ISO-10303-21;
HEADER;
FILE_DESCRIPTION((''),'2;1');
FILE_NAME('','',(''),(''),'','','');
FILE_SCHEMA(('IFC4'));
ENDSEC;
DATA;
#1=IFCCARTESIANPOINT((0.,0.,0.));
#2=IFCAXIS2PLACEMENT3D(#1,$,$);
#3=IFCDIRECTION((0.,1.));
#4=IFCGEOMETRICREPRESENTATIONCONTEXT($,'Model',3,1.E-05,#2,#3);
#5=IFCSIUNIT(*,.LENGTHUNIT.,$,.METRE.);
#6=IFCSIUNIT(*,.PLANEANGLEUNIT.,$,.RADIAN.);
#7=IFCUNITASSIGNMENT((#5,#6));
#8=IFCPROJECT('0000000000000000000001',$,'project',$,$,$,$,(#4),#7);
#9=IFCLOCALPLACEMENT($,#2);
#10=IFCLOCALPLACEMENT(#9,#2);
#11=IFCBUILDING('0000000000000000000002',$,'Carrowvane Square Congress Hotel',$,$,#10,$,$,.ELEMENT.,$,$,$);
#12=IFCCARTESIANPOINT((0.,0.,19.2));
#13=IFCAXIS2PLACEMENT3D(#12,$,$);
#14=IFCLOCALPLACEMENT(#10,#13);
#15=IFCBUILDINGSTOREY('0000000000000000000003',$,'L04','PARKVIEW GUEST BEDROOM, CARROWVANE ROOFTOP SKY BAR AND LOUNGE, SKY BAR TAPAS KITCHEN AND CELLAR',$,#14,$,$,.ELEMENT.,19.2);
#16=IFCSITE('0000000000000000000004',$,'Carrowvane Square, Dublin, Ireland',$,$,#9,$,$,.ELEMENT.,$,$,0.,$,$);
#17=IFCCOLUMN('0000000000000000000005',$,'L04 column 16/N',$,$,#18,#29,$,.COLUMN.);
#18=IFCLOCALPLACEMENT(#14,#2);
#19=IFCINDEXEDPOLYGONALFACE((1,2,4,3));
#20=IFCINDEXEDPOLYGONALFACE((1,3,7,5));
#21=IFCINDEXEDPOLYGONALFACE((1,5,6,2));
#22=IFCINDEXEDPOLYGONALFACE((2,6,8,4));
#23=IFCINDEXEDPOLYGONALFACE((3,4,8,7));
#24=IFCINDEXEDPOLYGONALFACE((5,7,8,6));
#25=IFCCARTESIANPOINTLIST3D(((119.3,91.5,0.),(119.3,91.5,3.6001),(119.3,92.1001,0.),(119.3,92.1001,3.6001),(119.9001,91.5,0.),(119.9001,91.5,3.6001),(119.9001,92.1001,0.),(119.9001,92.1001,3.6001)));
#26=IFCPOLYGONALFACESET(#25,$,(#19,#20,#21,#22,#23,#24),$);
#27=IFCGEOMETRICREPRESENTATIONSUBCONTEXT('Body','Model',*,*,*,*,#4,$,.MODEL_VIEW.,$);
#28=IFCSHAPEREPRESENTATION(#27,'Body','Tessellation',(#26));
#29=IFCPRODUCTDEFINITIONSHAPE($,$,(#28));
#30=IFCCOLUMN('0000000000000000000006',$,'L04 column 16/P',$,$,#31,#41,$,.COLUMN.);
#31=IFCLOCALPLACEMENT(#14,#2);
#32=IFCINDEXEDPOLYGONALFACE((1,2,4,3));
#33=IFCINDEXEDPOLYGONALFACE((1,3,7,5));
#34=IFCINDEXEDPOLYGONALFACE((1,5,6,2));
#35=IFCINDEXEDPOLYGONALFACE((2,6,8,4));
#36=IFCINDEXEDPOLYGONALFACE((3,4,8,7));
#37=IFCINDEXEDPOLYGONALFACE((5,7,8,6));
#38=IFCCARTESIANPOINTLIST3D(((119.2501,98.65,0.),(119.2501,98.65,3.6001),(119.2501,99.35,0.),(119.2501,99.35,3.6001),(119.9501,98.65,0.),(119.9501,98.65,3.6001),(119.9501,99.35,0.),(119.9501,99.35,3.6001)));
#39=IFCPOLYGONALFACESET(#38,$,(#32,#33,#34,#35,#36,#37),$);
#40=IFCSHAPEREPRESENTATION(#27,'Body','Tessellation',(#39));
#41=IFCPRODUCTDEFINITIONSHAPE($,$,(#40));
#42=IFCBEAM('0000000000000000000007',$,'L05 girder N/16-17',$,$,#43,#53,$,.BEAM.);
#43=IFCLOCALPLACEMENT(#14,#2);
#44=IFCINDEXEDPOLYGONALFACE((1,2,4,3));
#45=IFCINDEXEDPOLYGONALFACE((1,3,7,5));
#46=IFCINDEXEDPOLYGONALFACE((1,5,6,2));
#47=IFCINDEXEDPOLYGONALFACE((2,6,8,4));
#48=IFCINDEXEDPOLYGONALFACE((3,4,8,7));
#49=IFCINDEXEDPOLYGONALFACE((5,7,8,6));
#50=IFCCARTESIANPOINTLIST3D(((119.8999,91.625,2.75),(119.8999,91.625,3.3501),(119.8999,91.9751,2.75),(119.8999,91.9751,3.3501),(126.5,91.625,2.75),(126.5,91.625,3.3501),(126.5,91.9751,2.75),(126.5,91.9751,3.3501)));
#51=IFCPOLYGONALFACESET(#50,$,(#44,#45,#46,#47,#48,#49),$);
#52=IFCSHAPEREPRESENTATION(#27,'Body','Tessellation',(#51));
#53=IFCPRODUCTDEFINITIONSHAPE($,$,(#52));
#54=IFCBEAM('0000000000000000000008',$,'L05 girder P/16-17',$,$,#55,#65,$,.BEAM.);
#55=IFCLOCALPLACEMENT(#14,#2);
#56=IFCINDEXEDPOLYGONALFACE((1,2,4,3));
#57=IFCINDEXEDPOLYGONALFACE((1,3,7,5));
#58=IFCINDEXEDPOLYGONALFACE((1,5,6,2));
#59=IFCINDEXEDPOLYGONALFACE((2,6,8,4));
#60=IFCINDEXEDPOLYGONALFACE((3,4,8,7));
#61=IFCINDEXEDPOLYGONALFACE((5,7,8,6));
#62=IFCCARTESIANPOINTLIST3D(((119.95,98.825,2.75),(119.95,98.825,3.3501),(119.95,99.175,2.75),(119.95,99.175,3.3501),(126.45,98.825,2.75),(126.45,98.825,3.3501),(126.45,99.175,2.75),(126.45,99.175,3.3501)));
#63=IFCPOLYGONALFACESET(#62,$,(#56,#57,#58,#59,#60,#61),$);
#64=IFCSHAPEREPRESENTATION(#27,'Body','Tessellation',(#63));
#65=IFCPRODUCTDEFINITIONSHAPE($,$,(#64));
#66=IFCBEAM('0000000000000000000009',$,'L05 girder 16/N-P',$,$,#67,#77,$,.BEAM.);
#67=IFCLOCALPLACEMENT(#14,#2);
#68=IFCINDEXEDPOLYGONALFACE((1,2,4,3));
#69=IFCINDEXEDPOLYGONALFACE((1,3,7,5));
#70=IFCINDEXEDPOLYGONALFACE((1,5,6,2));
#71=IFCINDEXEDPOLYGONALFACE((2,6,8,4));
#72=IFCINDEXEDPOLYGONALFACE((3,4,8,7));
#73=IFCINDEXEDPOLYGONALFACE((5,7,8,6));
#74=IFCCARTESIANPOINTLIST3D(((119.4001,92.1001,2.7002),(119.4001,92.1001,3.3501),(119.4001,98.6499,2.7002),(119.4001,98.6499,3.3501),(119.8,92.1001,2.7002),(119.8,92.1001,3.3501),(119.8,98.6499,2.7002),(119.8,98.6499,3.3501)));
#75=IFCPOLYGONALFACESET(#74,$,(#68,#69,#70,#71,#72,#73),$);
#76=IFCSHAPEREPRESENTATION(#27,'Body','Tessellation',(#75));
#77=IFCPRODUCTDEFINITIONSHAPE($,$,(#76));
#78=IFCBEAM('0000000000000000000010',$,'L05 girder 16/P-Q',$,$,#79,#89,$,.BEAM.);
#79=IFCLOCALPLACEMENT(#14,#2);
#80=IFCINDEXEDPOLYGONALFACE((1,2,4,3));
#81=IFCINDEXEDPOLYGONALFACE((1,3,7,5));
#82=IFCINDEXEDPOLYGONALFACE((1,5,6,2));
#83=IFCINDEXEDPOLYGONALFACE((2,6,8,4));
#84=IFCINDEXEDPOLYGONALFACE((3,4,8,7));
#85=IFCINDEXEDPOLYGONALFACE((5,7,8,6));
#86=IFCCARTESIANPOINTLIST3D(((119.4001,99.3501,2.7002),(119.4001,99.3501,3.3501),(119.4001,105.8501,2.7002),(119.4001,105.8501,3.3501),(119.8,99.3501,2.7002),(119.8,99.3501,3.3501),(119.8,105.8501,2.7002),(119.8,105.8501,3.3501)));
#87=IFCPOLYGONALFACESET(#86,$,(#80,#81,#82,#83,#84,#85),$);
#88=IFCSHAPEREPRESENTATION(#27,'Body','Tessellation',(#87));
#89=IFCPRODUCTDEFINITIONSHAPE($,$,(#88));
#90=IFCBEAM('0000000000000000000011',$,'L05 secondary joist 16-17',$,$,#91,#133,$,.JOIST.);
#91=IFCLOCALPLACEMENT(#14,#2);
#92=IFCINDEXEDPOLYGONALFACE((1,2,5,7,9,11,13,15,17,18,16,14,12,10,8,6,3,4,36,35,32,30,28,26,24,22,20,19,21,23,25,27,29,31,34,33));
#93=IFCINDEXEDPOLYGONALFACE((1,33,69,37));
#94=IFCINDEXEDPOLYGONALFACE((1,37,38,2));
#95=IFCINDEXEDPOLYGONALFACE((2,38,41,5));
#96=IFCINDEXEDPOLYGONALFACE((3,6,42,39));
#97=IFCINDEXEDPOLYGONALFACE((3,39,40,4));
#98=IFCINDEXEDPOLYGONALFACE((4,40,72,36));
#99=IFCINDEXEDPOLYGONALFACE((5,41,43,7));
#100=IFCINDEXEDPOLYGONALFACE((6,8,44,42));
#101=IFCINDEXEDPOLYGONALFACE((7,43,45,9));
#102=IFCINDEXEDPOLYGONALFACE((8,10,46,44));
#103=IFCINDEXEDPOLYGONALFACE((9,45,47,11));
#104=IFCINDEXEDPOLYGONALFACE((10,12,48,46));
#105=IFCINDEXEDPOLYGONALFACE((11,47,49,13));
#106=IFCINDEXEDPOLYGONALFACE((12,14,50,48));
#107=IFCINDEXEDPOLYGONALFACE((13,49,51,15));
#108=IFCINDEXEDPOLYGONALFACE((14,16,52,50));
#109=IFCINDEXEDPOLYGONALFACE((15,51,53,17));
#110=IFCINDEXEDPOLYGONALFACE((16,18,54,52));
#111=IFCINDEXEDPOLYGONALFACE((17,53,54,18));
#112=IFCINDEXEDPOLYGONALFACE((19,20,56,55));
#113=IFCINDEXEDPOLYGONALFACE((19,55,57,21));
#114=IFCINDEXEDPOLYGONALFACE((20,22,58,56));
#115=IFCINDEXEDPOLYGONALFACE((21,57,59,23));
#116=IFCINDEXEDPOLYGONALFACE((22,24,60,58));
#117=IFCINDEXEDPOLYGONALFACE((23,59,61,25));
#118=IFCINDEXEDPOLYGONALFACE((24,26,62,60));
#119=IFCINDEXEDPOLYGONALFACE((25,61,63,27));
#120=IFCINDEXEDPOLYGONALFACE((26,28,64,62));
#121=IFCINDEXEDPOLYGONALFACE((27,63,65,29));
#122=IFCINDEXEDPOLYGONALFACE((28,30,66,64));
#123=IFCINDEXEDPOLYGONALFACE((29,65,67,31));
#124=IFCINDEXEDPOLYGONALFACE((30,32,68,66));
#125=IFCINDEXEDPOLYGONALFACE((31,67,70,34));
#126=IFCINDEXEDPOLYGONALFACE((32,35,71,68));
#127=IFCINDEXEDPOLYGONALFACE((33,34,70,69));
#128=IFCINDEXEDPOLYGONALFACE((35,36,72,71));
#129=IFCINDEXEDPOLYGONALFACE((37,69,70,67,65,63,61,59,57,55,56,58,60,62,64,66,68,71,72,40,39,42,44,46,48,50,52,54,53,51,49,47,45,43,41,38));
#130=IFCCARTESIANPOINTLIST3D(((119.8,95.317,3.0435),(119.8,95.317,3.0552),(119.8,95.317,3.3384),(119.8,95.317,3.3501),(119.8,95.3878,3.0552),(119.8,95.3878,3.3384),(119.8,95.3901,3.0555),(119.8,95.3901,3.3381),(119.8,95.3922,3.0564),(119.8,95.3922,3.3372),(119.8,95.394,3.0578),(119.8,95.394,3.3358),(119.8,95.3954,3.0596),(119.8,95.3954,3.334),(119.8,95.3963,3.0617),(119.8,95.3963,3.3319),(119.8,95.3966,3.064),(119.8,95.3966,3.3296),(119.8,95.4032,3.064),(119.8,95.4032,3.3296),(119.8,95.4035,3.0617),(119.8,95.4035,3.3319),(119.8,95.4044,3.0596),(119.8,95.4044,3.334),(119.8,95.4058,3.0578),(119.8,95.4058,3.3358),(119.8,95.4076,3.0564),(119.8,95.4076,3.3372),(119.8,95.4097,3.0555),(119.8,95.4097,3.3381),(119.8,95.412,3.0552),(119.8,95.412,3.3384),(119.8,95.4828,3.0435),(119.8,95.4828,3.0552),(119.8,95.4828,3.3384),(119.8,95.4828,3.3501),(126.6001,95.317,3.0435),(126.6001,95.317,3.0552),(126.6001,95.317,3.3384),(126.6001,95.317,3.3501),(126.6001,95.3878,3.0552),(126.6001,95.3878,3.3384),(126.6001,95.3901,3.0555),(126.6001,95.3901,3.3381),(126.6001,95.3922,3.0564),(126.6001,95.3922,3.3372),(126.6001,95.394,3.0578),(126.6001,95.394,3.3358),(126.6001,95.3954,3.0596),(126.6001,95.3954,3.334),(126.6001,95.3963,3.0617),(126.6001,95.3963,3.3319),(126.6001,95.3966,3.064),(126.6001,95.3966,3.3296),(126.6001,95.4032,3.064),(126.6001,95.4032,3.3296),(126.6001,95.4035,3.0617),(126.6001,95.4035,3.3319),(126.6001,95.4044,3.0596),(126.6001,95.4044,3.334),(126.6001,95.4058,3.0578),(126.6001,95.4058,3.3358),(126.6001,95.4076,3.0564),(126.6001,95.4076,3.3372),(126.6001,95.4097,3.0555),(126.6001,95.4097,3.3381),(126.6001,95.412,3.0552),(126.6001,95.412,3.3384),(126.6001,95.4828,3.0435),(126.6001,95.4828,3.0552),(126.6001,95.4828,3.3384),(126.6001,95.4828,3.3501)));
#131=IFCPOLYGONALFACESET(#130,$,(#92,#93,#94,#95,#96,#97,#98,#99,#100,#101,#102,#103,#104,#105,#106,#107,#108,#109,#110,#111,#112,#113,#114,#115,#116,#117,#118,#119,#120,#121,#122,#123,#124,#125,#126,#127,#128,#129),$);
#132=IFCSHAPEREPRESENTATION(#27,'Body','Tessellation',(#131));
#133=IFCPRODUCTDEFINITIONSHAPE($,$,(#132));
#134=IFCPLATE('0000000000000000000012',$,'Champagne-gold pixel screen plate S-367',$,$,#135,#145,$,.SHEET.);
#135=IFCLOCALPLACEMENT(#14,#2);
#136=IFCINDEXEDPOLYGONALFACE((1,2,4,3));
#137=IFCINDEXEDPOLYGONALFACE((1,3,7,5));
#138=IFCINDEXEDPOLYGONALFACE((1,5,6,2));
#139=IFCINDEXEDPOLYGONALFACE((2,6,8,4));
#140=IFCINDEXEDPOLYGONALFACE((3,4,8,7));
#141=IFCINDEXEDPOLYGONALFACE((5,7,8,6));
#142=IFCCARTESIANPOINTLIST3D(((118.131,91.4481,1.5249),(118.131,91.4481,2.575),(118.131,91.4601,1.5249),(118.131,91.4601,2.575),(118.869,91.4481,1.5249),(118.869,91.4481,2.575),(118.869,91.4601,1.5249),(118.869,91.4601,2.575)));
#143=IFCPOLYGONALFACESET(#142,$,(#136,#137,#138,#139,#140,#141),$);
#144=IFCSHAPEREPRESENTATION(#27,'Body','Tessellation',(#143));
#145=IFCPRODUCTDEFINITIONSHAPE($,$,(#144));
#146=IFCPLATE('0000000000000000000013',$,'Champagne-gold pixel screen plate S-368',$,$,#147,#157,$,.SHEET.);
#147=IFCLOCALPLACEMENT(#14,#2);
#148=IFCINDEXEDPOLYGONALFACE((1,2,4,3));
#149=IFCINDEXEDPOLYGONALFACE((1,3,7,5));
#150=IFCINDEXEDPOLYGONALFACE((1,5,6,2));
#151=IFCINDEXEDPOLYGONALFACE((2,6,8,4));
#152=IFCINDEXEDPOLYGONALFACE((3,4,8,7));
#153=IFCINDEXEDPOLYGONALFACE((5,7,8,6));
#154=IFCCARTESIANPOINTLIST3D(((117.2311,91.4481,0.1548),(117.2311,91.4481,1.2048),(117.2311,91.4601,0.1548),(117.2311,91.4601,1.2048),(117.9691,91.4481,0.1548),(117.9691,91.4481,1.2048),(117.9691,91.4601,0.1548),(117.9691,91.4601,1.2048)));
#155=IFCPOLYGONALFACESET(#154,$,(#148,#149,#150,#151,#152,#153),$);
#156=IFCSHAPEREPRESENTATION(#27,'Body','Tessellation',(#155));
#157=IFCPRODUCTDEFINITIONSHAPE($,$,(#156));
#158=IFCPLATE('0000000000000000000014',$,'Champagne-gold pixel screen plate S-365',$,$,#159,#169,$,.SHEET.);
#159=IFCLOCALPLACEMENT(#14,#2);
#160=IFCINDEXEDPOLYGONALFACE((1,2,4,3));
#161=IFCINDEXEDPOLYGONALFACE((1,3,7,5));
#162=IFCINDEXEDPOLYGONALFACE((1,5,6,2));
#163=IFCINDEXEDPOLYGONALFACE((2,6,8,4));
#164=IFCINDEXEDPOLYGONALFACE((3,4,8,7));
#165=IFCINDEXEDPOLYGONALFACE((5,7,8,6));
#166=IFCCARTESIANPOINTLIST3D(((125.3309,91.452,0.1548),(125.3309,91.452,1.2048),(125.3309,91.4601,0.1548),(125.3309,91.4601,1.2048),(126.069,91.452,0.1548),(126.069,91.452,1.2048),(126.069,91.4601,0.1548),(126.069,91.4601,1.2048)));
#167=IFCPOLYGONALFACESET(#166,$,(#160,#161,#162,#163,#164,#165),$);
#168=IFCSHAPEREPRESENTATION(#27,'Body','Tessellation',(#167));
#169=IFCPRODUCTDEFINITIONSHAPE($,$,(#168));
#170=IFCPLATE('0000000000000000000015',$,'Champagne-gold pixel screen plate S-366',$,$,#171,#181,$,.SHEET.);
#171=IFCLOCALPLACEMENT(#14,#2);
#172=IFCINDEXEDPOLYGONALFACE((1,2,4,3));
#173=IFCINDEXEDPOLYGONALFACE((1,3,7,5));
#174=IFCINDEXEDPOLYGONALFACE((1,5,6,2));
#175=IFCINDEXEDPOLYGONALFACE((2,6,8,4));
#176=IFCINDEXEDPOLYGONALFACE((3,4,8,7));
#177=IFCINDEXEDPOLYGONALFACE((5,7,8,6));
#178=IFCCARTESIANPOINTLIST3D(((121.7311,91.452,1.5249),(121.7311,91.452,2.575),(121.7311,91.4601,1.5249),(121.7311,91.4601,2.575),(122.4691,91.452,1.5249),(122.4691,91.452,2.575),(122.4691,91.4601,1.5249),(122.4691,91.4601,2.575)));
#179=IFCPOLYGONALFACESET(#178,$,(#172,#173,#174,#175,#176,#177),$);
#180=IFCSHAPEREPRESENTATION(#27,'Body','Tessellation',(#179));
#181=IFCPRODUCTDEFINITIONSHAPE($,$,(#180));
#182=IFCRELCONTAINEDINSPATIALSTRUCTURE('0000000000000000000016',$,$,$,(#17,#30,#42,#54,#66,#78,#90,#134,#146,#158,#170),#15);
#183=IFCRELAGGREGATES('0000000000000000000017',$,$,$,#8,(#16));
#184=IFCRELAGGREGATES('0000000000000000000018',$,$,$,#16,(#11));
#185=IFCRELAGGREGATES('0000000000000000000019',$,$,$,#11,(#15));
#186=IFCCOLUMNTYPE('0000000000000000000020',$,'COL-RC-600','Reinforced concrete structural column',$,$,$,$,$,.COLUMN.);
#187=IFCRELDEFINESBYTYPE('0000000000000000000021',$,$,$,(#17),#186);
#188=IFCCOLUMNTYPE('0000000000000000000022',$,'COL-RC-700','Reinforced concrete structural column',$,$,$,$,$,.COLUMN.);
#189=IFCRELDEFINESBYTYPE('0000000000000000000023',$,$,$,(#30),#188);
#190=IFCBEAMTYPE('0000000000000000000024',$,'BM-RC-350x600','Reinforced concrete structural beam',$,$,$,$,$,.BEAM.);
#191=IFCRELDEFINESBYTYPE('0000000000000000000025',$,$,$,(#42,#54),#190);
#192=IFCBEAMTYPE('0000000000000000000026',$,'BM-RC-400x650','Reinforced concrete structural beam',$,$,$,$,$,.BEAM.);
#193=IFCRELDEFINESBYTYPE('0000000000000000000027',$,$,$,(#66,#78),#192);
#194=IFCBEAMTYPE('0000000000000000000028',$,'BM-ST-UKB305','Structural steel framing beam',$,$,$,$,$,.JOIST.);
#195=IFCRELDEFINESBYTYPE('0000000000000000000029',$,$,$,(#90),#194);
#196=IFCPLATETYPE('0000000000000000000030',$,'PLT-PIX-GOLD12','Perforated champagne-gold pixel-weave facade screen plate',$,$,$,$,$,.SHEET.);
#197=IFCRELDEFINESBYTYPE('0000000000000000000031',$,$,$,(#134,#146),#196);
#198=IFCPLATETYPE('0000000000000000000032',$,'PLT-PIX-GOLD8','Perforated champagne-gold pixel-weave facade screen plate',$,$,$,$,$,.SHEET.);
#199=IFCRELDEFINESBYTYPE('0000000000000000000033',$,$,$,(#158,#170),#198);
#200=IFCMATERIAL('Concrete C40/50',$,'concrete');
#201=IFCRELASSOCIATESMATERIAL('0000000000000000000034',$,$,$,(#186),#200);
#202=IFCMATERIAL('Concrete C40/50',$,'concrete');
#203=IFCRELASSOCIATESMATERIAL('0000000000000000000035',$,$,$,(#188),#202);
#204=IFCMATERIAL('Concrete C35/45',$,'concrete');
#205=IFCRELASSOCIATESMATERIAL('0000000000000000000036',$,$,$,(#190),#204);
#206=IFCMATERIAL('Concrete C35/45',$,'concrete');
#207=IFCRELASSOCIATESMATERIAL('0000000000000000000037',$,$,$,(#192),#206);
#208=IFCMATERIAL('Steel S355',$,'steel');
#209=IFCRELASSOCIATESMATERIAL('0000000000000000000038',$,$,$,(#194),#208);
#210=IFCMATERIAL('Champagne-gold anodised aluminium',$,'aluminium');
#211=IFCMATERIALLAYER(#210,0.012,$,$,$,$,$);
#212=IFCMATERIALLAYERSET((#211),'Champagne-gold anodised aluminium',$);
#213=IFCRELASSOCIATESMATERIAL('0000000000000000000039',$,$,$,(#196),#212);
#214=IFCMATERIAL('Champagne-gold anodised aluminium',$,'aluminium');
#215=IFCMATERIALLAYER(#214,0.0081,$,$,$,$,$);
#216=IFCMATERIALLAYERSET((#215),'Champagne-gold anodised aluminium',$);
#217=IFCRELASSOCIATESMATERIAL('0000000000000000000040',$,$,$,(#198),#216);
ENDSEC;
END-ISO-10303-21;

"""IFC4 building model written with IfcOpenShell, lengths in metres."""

from ifc_helpers import new_model, si_unit, direction, frame, origin, origin_2d, place, context, subcontext, project, spatial, rectangle, i_section, extrude, material, layer, layer_set, material_profile, profile_set, type_object, element, save


model = new_model("IFC4")

# Units and contexts
model_context = context("Model", 3, precision=1e-05, world=origin(), true_north=direction((0.0, 1.0)))
body_context = subcontext(model_context, "Body", "Model", "MODEL_VIEW")
ifc_project = project(units=[si_unit("LENGTHUNIT", "METRE"), si_unit("PLANEANGLEUNIT", "RADIAN")], contexts=[model_context])

# Site, building, storey
site_placement = place(None, origin())
site = spatial("IfcSite", under=ifc_project, at=site_placement, Name="Carrowvane Square, Dublin, Ireland", CompositionType="ELEMENT", RefElevation=0.0)
building_placement = place(site_placement, origin())
building = spatial("IfcBuilding", under=site, at=building_placement, Name="Carrowvane Square Congress Hotel", CompositionType="ELEMENT")
storey_placement = place(building_placement, frame((0.0, 0.0, 19.2)))
storey = spatial("IfcBuildingStorey", under=building, at=storey_placement, Name="L04", Description="PARKVIEW GUEST BEDROOM, CARROWVANE ROOFTOP SKY BAR AND LOUNGE, SKY BAR TAPAS KITCHEN AND CELLAR", CompositionType="ELEMENT", Elevation=19.2)

# Columns
ifc_material_1 = material(Name="Concrete C40/50", Category="concrete")
ifc_material_profile_1 = material_profile(ifc_material_1, rectangle(XDim=0.6001, YDim=0.6001, at=origin_2d()), Name="RC 600x600")
ifc_profile_set_1 = profile_set([ifc_material_profile_1], Name="Concrete C40/50")
column_type_1 = type_object("IfcColumnType", Name="COL-RC-600", Description="Reinforced concrete structural column", PredefinedType="COLUMN", material=ifc_profile_set_1)
column_1_placement = place(storey_placement, frame((119.6001, 91.8, 0.0), z_axis=(0.0, 0.0, 1.0), x_axis=(1.0, 0.0, 0.0)))
element("IfcColumn", 1, at=column_1_placement, inside=storey, type_object=column_type_1, Name="L04 column 16/N", PredefinedType="COLUMN", context=body_context, shape_type="SweptSolid", body=[
    extrude(rectangle(XDim=0.6001, YDim=0.6001, at=origin_2d()), origin(), (0.0, 0.0, 1.0), 3.6001),
])
ifc_material_2 = material(Name="Concrete C40/50", Category="concrete")
ifc_material_profile_2 = material_profile(ifc_material_2, rectangle(XDim=0.7, YDim=0.7, at=origin_2d()), Name="RC 700x700")
ifc_profile_set_2 = profile_set([ifc_material_profile_2], Name="Concrete C40/50")
column_type_2 = type_object("IfcColumnType", Name="COL-RC-700", Description="Reinforced concrete structural column", PredefinedType="COLUMN", material=ifc_profile_set_2)
column_2_placement = place(storey_placement, frame((119.6001, 99.0, 0.0), z_axis=(0.0, 0.0, 1.0), x_axis=(1.0, 0.0, 0.0)))
element("IfcColumn", 2, at=column_2_placement, inside=storey, type_object=column_type_2, Name="L04 column 16/P", PredefinedType="COLUMN", context=body_context, shape_type="SweptSolid", body=[
    extrude(rectangle(XDim=0.7, YDim=0.7, at=origin_2d()), origin(), (0.0, 0.0, 1.0), 3.6001),
])

# Beams
ifc_material_3 = material(Name="Concrete C35/45", Category="concrete")
ifc_material_profile_3 = material_profile(ifc_material_3, rectangle(XDim=0.3501, YDim=0.6001, at=origin_2d()), Name="RC 350x600")
ifc_profile_set_3 = profile_set([ifc_material_profile_3], Name="Concrete C35/45")
beam_type_1 = type_object("IfcBeamType", Name="BM-RC-350x600", Description="Reinforced concrete structural beam", PredefinedType="BEAM", material=ifc_profile_set_3)
beam_1_placement = place(storey_placement, frame((119.8999, 91.8, 3.05), z_axis=(1.0, 0.0, 0.0), x_axis=(0.0, 1.0, 0.0)))
element("IfcBeam", 3, at=beam_1_placement, inside=storey, type_object=beam_type_1, Name="L05 girder N/16-17", PredefinedType="BEAM", context=body_context, shape_type="SweptSolid", body=[
    extrude(rectangle(XDim=0.3501, YDim=0.6001, at=origin_2d()), origin(), (0.0, 0.0, 1.0), 6.6001),
])
beam_2_placement = place(storey_placement, frame((119.95, 99.0, 3.05), z_axis=(1.0, 0.0, 0.0), x_axis=(0.0, 1.0, 0.0)))
element("IfcBeam", 4, at=beam_2_placement, inside=storey, type_object=beam_type_1, Name="L05 girder P/16-17", PredefinedType="BEAM", context=body_context, shape_type="SweptSolid", body=[
    extrude(rectangle(XDim=0.3501, YDim=0.6001, at=origin_2d()), origin(), (0.0, 0.0, 1.0), 6.5),
])
ifc_material_4 = material(Name="Concrete C35/45", Category="concrete")
ifc_material_profile_4 = material_profile(ifc_material_4, rectangle(XDim=0.3999, YDim=0.6499, at=origin_2d()), Name="RC 400x650")
ifc_profile_set_4 = profile_set([ifc_material_profile_4], Name="Concrete C35/45")
beam_type_2 = type_object("IfcBeamType", Name="BM-RC-400x650", Description="Reinforced concrete structural beam", PredefinedType="BEAM", material=ifc_profile_set_4)
beam_3_placement = place(storey_placement, frame((119.6001, 92.1001, 3.0251), z_axis=(0.0, 1.0, 0.0), x_axis=(-1.0, 0.0, 0.0)))
element("IfcBeam", 5, at=beam_3_placement, inside=storey, type_object=beam_type_2, Name="L05 girder 16/N-P", PredefinedType="BEAM", context=body_context, shape_type="SweptSolid", body=[
    extrude(rectangle(XDim=0.3999, YDim=0.6499, at=origin_2d()), origin(), (0.0, 0.0, 1.0), 6.5498),
])
beam_4_placement = place(storey_placement, frame((119.6001, 99.3501, 3.0251), z_axis=(0.0, 1.0, 0.0), x_axis=(-1.0, 0.0, 0.0)))
element("IfcBeam", 6, at=beam_4_placement, inside=storey, type_object=beam_type_2, Name="L05 girder 16/P-Q", PredefinedType="BEAM", context=body_context, shape_type="SweptSolid", body=[
    extrude(rectangle(XDim=0.3999, YDim=0.6499, at=origin_2d()), origin(), (0.0, 0.0, 1.0), 6.5),
])
ifc_material_5 = material(Name="Steel S355", Category="steel")
ifc_material_profile_5 = material_profile(ifc_material_5, i_section(OverallWidth=0.1658, OverallDepth=0.3066, WebThickness=0.0066, FlangeThickness=0.0117, FilletRadius=0.0088, at=origin_2d()), Name="UKB 305x165x46")
ifc_profile_set_5 = profile_set([ifc_material_profile_5], Name="Steel S355")
beam_type_3 = type_object("IfcBeamType", Name="BM-ST-UKB305", Description="Structural steel framing beam", PredefinedType="JOIST", material=ifc_profile_set_5)
beam_5_placement = place(storey_placement, frame((119.8, 95.3999, 3.1968), z_axis=(1.0, 0.0, 0.0), x_axis=(0.0, 1.0, 0.0)))
element("IfcBeam", 7, at=beam_5_placement, inside=storey, type_object=beam_type_3, Name="L05 secondary joist 16-17", PredefinedType="JOIST", context=body_context, shape_type="SweptSolid", body=[
    extrude(i_section(OverallWidth=0.1658, OverallDepth=0.3066, WebThickness=0.0066, FlangeThickness=0.0117, FilletRadius=0.0088, at=origin_2d()), origin(), (0.0, 0.0, 1.0), 6.8),
])

# Plates
ifc_material_6 = material(Name="Champagne-gold anodised aluminium", Category="aluminium")
ifc_layer_1 = layer(ifc_material_6, 0.012)
ifc_layer_set_1 = layer_set([ifc_layer_1], Name="Champagne-gold anodised aluminium")
plate_type_1 = type_object("IfcPlateType", Name="PLT-PIX-GOLD12", Description="Perforated champagne-gold pixel-weave facade screen plate", PredefinedType="SHEET", material=ifc_layer_set_1)
for number, where, z_axis, x_axis, name in (
    (8, (118.5, 91.4541, 1.5249), (0.0, 0.0, 1.0), (-1.0, 0.0, 0.0), "Champagne-gold pixel screen plate S-367"),
    (9, (117.6001, 91.4541, 0.1548), (0.0, 0.0, 1.0), (-1.0, 0.0, 0.0), "Champagne-gold pixel screen plate S-368"),
):
    element("IfcPlate", number, at=place(storey_placement, frame(where, z_axis=z_axis, x_axis=x_axis)), inside=storey, type_object=plate_type_1, Name=name, PredefinedType="SHEET", context=body_context, shape_type="SweptSolid", body=[
        extrude(rectangle(XDim=0.738, YDim=0.012, at=origin_2d()), origin(), (0.0, 0.0, 1.0), 1.05),
    ])
ifc_material_7 = material(Name="Champagne-gold anodised aluminium", Category="aluminium")
ifc_layer_2 = layer(ifc_material_7, 0.0081)
ifc_layer_set_2 = layer_set([ifc_layer_2], Name="Champagne-gold anodised aluminium")
plate_type_2 = type_object("IfcPlateType", Name="PLT-PIX-GOLD8", Description="Perforated champagne-gold pixel-weave facade screen plate", PredefinedType="SHEET", material=ifc_layer_set_2)
for number, where, z_axis, x_axis, name in (
    (10, (125.7, 91.4561, 0.1548), (0.0, 0.0, 1.0), (-1.0, 0.0, 0.0), "Champagne-gold pixel screen plate S-365"),
    (11, (122.1001, 91.4561, 1.5249), (0.0, 0.0, 1.0), (-1.0, 0.0, 0.0), "Champagne-gold pixel screen plate S-366"),
):
    element("IfcPlate", number, at=place(storey_placement, frame(where, z_axis=z_axis, x_axis=x_axis)), inside=storey, type_object=plate_type_2, Name=name, PredefinedType="SHEET", context=body_context, shape_type="SweptSolid", body=[
        extrude(rectangle(XDim=0.738, YDim=0.0081, at=origin_2d()), origin(), (0.0, 0.0, 1.0), 1.05),
    ])

save(model, "model.ifc")
